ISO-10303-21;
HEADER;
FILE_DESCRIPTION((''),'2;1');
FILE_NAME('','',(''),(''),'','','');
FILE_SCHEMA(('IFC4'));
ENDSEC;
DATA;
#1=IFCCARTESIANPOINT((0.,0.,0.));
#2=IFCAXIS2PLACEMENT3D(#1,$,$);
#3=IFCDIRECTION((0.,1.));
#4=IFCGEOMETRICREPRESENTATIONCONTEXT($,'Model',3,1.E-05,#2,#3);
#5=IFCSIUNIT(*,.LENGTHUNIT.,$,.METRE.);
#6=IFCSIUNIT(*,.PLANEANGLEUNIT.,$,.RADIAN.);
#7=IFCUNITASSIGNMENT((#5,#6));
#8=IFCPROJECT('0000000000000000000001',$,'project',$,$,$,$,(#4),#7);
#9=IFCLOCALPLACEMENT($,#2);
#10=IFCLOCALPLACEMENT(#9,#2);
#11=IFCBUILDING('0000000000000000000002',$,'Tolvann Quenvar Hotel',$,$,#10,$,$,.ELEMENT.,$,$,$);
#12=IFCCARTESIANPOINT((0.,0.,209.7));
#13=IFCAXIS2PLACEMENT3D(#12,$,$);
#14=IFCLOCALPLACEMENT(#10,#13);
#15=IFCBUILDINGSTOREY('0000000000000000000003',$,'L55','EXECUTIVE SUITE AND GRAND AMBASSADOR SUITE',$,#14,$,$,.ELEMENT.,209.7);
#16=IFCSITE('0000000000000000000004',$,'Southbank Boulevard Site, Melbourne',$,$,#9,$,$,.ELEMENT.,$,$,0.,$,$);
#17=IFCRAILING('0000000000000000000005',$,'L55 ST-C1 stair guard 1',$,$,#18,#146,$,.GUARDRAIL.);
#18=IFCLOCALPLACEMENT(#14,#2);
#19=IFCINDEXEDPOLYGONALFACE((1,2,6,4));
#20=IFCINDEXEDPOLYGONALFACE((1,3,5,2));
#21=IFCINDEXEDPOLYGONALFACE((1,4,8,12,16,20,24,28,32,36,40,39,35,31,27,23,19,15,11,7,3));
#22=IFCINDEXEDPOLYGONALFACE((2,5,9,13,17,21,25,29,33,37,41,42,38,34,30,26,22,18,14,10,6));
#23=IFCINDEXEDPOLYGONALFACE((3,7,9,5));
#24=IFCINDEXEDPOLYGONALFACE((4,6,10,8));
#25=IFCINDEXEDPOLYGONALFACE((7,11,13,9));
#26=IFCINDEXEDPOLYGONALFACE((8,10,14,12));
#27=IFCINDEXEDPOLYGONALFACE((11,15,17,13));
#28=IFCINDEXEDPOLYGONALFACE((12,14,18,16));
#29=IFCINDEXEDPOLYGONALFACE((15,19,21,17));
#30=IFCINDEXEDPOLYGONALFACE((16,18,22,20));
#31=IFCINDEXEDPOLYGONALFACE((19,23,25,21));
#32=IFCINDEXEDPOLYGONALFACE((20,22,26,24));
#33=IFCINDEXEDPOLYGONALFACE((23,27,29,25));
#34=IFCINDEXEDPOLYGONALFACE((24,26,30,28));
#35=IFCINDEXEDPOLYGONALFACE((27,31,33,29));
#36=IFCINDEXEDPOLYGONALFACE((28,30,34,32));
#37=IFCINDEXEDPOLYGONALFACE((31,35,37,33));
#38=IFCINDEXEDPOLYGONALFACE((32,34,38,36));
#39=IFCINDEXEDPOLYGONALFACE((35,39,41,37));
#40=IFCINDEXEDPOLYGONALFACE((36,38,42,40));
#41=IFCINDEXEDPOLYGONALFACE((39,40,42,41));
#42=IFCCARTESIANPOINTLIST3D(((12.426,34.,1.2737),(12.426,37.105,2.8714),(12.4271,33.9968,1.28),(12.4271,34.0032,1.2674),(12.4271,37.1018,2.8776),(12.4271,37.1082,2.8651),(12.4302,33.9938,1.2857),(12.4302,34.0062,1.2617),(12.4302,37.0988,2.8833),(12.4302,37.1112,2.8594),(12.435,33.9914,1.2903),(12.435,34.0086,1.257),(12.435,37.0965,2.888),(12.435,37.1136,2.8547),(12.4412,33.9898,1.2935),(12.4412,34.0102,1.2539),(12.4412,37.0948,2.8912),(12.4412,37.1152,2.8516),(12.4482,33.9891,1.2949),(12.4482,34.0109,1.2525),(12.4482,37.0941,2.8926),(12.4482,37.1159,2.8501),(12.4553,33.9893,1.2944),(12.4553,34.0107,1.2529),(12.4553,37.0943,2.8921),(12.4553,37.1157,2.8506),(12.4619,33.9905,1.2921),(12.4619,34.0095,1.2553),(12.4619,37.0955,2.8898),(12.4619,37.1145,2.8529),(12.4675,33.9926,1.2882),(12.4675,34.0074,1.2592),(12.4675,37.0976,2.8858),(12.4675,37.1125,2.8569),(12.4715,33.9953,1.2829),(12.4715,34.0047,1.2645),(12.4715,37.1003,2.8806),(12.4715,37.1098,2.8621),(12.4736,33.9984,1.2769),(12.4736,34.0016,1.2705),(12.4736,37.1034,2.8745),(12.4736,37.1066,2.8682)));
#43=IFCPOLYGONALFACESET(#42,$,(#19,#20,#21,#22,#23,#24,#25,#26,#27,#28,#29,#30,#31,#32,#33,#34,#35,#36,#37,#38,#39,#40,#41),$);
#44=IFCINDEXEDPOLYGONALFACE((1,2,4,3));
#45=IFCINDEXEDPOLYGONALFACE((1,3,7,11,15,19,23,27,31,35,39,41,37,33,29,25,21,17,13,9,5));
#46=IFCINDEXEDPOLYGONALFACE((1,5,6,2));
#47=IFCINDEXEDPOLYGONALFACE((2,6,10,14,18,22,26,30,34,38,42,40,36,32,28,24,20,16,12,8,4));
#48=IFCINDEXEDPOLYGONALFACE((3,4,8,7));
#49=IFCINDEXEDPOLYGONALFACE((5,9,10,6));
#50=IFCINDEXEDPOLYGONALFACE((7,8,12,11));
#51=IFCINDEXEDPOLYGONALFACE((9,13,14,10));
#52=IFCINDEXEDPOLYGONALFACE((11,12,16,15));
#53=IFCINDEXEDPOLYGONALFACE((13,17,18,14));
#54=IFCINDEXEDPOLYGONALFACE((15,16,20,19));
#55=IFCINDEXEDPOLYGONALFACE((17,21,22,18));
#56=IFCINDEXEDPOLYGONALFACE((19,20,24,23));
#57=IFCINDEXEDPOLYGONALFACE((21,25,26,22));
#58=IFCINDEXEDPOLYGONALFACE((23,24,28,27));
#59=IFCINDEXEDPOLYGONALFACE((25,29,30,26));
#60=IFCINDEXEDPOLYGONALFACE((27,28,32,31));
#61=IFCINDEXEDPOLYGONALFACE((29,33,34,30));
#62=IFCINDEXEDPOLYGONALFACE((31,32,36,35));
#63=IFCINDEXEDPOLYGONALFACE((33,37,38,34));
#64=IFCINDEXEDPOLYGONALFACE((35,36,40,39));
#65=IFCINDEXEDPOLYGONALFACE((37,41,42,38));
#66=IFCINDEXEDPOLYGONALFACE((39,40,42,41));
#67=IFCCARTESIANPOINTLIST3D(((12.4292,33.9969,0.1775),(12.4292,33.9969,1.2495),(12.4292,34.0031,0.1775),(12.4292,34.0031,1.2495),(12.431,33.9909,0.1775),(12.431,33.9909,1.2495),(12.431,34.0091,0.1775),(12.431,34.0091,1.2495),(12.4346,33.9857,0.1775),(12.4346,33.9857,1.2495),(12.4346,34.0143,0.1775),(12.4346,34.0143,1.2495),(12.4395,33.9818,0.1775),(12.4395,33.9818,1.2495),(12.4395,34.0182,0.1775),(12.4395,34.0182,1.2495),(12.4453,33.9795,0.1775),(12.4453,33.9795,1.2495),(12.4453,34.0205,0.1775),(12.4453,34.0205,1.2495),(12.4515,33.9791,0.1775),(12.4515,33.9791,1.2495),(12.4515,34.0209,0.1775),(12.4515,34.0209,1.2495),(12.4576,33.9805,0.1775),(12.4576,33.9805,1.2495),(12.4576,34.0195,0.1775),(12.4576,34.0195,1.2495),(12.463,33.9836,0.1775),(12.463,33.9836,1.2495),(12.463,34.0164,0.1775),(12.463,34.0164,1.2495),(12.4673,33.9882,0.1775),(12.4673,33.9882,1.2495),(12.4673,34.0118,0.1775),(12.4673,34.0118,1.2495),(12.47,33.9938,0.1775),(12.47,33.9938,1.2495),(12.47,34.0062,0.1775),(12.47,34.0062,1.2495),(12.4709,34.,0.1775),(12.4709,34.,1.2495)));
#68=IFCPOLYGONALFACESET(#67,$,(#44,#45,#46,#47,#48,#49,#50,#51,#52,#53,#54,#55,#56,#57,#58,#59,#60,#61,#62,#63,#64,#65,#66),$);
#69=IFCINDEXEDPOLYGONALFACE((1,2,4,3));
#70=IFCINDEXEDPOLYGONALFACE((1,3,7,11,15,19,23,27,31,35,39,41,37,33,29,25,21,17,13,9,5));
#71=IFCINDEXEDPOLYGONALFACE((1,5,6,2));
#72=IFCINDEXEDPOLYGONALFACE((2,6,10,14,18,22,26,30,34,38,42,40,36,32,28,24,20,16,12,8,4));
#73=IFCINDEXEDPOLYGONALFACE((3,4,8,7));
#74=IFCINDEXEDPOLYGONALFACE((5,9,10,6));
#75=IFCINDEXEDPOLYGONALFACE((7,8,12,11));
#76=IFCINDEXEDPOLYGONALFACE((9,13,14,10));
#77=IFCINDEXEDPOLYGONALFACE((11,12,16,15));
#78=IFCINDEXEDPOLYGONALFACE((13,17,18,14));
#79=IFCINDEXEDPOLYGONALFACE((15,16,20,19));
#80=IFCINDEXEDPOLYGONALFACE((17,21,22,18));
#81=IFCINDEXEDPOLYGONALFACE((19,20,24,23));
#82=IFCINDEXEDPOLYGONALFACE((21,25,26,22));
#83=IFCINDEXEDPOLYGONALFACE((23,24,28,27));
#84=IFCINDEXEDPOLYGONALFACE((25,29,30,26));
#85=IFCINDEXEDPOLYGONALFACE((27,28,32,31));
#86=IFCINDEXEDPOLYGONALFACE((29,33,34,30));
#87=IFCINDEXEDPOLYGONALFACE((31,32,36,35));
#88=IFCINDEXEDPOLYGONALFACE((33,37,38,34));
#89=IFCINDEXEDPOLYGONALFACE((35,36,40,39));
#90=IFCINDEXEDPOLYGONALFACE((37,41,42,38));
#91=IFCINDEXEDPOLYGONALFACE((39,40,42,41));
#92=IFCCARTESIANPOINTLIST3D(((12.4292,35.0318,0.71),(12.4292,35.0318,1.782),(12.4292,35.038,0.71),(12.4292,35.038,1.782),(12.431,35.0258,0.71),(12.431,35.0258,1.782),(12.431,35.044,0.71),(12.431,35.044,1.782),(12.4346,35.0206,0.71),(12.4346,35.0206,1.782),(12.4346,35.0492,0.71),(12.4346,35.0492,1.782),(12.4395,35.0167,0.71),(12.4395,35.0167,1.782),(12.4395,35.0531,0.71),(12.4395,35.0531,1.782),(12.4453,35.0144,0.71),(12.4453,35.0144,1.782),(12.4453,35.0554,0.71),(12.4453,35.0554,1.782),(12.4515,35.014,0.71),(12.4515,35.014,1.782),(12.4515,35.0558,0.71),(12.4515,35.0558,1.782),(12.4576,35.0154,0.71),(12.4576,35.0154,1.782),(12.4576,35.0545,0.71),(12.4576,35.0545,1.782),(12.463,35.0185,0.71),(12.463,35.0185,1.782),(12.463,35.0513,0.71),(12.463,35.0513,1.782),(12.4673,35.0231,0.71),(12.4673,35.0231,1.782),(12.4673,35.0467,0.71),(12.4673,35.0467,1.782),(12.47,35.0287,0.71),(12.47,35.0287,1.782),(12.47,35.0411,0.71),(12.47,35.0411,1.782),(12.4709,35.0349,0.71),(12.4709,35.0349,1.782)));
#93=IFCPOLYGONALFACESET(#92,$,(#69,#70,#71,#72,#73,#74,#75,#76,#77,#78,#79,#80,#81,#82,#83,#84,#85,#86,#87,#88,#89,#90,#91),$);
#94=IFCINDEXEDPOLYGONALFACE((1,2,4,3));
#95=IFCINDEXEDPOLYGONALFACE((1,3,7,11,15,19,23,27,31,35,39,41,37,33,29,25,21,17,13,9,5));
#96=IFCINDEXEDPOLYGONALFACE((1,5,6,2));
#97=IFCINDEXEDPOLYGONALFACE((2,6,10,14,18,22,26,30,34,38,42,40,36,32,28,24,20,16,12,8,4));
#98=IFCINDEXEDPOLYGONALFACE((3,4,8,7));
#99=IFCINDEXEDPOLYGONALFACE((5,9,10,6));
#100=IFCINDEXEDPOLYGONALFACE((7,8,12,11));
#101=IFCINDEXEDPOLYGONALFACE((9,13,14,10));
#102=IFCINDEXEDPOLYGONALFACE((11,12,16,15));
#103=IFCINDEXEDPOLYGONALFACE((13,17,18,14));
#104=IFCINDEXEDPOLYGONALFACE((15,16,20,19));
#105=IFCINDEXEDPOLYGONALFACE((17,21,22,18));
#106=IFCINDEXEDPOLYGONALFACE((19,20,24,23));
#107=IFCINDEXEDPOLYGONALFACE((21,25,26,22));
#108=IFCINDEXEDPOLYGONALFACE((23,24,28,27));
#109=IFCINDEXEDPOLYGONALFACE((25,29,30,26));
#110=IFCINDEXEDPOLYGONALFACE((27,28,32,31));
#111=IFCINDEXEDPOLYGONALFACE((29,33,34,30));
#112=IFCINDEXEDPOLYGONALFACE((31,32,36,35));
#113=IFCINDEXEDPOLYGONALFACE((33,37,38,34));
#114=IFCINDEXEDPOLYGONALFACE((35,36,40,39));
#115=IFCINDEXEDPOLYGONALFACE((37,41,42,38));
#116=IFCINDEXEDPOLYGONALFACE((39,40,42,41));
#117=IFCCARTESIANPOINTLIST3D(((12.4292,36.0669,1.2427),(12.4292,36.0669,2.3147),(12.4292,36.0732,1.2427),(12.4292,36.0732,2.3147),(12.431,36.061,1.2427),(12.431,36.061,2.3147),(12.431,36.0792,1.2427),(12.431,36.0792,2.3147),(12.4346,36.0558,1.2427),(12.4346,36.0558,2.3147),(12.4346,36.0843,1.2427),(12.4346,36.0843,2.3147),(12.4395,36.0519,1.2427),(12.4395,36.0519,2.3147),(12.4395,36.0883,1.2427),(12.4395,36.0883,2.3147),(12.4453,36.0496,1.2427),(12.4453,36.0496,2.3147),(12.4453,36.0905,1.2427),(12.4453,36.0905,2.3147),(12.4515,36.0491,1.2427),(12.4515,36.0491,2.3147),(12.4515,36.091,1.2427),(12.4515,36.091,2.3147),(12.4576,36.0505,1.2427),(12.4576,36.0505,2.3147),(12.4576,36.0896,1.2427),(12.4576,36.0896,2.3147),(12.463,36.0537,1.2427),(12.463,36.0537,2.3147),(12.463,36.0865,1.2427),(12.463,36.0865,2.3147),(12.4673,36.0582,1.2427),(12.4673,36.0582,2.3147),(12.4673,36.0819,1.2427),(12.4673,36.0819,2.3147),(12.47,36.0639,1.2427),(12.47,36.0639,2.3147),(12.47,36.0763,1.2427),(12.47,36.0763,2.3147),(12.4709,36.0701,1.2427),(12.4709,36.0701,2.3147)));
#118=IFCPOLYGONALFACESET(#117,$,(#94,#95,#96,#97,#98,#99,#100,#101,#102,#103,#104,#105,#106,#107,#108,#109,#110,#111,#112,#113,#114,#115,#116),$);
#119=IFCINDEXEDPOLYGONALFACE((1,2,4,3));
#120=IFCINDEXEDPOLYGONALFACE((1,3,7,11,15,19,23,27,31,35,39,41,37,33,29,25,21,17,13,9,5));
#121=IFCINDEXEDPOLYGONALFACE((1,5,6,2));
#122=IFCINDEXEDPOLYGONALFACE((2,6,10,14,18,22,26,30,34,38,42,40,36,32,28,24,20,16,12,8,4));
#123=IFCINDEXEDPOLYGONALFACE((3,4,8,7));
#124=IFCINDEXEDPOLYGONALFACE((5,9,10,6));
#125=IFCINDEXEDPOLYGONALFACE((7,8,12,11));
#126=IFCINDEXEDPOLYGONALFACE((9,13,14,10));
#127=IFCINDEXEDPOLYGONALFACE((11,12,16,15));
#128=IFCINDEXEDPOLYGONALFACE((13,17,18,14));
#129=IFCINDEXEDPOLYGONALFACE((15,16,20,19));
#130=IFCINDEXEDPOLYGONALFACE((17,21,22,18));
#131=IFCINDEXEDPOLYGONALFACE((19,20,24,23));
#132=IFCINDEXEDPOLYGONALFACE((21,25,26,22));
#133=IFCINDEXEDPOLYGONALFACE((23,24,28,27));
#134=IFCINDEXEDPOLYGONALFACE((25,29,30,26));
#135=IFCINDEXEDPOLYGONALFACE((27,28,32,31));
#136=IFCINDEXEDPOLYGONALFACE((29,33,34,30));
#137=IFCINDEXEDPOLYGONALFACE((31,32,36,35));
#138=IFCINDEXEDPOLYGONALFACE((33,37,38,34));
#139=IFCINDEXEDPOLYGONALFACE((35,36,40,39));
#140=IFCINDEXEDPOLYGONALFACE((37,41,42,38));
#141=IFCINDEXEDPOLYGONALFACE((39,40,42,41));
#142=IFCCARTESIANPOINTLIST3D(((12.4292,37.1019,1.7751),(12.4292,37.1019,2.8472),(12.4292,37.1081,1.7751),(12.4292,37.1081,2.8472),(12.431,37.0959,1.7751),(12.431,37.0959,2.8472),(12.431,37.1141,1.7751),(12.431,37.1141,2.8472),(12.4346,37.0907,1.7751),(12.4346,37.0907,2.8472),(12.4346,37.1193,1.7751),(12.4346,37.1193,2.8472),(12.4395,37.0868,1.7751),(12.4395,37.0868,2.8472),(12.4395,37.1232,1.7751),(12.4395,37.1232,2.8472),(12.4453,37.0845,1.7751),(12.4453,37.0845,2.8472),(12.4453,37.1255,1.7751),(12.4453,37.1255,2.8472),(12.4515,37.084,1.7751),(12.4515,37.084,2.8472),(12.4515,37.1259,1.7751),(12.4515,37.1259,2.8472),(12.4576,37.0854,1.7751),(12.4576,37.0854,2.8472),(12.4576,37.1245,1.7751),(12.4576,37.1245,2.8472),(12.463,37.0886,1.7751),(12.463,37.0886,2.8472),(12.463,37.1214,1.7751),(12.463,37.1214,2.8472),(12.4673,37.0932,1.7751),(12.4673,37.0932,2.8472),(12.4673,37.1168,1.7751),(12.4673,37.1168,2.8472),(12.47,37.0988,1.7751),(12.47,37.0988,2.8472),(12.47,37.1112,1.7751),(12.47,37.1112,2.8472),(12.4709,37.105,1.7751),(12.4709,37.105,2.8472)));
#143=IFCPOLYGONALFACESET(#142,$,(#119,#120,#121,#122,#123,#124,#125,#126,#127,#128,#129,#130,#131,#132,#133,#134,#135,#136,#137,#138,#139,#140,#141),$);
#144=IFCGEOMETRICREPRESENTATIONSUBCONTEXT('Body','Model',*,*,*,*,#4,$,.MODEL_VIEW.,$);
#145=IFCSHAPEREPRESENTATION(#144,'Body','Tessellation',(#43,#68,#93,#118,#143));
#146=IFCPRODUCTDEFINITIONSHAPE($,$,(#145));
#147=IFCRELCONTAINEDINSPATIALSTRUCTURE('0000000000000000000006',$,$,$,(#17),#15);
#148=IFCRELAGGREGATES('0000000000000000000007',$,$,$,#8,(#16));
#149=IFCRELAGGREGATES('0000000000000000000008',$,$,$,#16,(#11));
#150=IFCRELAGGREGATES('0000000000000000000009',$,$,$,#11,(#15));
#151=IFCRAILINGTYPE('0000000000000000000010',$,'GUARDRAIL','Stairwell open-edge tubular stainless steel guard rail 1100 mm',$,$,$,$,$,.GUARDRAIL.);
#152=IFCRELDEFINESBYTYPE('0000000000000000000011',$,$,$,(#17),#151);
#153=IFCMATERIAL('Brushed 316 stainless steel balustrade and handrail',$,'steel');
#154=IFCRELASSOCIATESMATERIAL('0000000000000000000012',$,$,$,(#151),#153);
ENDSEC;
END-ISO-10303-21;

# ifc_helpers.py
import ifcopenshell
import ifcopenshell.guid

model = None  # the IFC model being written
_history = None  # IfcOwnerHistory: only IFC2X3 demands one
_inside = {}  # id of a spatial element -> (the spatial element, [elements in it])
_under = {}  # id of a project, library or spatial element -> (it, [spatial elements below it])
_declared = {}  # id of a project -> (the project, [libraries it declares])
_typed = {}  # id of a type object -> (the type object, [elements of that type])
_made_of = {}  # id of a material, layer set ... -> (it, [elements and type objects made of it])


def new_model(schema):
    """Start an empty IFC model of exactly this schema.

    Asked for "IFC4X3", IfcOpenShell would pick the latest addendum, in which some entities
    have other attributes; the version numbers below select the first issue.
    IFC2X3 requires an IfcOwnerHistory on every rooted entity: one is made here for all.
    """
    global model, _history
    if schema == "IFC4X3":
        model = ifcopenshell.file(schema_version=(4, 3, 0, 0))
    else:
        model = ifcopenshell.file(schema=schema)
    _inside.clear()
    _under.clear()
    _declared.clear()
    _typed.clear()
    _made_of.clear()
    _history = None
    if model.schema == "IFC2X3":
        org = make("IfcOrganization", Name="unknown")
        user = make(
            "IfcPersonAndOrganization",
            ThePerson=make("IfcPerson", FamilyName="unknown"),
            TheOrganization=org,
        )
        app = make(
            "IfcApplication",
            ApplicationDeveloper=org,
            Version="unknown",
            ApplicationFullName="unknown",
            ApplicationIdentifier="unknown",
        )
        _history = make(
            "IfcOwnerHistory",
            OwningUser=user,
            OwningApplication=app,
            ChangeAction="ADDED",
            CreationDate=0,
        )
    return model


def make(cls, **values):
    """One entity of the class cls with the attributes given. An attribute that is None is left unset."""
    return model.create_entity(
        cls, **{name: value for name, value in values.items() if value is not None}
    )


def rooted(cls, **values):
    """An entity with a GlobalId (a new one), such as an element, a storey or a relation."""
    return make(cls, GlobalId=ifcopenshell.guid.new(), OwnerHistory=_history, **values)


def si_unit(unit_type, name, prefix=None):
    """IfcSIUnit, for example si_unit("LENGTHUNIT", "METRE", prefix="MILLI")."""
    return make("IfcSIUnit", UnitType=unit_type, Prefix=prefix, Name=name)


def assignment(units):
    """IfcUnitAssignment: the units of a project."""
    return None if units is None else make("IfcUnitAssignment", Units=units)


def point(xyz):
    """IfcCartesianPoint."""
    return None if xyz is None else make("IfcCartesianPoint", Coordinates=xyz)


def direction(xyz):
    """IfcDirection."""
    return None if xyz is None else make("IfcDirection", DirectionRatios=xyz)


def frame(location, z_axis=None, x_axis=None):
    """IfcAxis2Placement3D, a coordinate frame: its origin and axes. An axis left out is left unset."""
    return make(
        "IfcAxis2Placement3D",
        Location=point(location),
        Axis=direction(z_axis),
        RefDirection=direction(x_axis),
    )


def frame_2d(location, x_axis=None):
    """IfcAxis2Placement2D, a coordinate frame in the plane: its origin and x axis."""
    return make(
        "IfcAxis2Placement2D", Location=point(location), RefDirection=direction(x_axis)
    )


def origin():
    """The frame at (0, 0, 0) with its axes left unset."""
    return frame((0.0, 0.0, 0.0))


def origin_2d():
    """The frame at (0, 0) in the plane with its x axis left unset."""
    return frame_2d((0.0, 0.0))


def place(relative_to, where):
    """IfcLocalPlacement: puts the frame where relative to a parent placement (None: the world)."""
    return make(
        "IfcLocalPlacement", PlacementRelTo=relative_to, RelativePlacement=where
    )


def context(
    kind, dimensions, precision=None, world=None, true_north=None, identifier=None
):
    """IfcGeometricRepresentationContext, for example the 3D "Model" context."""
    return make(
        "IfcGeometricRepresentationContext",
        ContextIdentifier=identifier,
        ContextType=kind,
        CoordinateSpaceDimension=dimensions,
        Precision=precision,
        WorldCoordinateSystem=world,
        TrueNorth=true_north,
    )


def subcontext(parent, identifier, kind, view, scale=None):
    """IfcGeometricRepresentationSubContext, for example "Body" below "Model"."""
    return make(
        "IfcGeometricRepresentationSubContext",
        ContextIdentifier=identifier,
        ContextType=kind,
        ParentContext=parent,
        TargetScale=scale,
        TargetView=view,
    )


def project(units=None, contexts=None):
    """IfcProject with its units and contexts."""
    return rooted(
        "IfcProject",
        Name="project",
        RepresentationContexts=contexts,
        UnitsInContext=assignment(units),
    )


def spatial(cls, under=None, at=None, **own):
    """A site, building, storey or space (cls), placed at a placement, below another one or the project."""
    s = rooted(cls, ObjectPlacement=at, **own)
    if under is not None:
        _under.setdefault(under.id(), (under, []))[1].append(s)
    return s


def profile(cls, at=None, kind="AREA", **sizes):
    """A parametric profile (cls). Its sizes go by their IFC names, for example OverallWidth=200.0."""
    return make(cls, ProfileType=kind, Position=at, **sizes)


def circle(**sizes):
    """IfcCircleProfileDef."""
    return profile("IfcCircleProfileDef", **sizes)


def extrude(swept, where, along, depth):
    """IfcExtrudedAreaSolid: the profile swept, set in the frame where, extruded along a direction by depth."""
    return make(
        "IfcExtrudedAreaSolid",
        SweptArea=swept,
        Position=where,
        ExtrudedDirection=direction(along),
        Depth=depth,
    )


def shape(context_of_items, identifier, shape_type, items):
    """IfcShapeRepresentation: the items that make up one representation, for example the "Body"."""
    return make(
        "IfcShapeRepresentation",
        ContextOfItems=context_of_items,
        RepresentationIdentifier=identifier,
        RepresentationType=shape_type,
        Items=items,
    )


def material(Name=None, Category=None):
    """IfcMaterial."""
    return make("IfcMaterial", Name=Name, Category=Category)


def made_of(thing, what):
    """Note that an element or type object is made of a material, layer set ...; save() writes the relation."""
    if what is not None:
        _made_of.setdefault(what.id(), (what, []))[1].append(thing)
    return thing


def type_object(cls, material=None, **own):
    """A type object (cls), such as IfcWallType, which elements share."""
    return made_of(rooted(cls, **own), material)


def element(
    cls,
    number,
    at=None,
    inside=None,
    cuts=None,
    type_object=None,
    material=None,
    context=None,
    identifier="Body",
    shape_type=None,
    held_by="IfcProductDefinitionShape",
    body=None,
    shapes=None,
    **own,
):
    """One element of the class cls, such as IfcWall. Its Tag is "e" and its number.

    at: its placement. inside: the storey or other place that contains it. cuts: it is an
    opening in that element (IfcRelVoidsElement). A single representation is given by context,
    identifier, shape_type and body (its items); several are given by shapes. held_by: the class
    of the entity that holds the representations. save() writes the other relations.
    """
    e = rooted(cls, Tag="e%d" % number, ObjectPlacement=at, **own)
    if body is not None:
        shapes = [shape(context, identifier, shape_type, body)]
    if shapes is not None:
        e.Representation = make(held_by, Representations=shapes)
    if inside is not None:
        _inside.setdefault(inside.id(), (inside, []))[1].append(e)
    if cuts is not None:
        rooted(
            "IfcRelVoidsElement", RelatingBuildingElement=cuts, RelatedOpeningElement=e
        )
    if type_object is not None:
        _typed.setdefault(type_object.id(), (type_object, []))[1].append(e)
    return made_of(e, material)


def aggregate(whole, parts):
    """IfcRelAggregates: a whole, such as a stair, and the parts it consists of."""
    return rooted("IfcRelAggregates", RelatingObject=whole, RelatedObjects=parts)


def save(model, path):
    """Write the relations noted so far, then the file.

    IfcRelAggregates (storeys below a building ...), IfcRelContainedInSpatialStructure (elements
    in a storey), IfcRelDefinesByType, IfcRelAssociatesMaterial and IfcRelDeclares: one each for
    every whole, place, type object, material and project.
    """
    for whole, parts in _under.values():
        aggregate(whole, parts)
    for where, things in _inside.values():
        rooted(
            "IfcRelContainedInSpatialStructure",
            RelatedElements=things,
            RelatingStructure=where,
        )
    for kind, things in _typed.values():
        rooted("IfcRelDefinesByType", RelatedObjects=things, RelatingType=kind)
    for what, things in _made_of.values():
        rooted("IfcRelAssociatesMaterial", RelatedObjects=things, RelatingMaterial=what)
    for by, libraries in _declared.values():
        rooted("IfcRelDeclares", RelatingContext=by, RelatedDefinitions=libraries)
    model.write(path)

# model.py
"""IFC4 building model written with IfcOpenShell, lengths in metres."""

from ifc_helpers import new_model, si_unit, direction, frame, origin, origin_2d, place, context, subcontext, project, spatial, circle, extrude, material, type_object, element, save


model = new_model("IFC4")

# Units and contexts
model_context = context("Model", 3, precision=1e-05, world=origin(), true_north=direction((0.0, 1.0)))
body_context = subcontext(model_context, "Body", "Model", "MODEL_VIEW")
ifc_project = project(units=[si_unit("LENGTHUNIT", "METRE"), si_unit("PLANEANGLEUNIT", "RADIAN")], contexts=[model_context])

# Site, building, storey
site_placement = place(None, origin())
site = spatial("IfcSite", under=ifc_project, at=site_placement, Name="Southbank Boulevard Site, Melbourne", CompositionType="ELEMENT", RefElevation=0.0)
building_placement = place(site_placement, origin())
building = spatial("IfcBuilding", under=site, at=building_placement, Name="Tolvann Quenvar Hotel", CompositionType="ELEMENT")
storey_placement = place(building_placement, frame((0.0, 0.0, 209.7)))
storey = spatial("IfcBuildingStorey", under=building, at=storey_placement, Name="L55", Description="EXECUTIVE SUITE AND GRAND AMBASSADOR SUITE", CompositionType="ELEMENT", Elevation=209.7)

# Railing
ifc_material_1 = material(Name="Brushed 316 stainless steel balustrade and handrail", Category="steel")
railing_type_1 = type_object("IfcRailingType", Name="GUARDRAIL", Description="Stairwell open-edge tubular stainless steel guard rail 1100 mm", PredefinedType="GUARDRAIL", material=ifc_material_1)
railing_1_placement = place(storey_placement, frame((12.45, 34.0, 0.1775)))
element("IfcRailing", 1, at=railing_1_placement, inside=storey, type_object=railing_type_1, Name="L55 ST-C1 stair guard 1", PredefinedType="GUARDRAIL", context=body_context, shape_type="SweptSolid", body=[
    extrude(circle(Radius=0.0239, at=origin_2d()), frame((0.0, 0.0, 1.0962), z_axis=(0.0, 0.889194, 0.457531), x_axis=(-1.0, 0.0, 0.0)), (0.0, 0.0, 1.0), 3.4919),
    extrude(circle(Radius=0.021, at=origin_2d()), origin(), (0.0, 0.0, 1.0), 1.072),
    extrude(circle(Radius=0.021, at=origin_2d()), frame((0.0, 1.0349, 0.5325)), (0.0, 0.0, 1.0), 1.072),
    extrude(circle(Radius=0.021, at=origin_2d()), frame((0.0, 2.0701, 1.0652)), (0.0, 0.0, 1.0), 1.072),
    extrude(circle(Radius=0.021, at=origin_2d()), frame((0.0, 3.105, 1.5977)), (0.0, 0.0, 1.0), 1.072),
])

save(model, "model.ifc")
